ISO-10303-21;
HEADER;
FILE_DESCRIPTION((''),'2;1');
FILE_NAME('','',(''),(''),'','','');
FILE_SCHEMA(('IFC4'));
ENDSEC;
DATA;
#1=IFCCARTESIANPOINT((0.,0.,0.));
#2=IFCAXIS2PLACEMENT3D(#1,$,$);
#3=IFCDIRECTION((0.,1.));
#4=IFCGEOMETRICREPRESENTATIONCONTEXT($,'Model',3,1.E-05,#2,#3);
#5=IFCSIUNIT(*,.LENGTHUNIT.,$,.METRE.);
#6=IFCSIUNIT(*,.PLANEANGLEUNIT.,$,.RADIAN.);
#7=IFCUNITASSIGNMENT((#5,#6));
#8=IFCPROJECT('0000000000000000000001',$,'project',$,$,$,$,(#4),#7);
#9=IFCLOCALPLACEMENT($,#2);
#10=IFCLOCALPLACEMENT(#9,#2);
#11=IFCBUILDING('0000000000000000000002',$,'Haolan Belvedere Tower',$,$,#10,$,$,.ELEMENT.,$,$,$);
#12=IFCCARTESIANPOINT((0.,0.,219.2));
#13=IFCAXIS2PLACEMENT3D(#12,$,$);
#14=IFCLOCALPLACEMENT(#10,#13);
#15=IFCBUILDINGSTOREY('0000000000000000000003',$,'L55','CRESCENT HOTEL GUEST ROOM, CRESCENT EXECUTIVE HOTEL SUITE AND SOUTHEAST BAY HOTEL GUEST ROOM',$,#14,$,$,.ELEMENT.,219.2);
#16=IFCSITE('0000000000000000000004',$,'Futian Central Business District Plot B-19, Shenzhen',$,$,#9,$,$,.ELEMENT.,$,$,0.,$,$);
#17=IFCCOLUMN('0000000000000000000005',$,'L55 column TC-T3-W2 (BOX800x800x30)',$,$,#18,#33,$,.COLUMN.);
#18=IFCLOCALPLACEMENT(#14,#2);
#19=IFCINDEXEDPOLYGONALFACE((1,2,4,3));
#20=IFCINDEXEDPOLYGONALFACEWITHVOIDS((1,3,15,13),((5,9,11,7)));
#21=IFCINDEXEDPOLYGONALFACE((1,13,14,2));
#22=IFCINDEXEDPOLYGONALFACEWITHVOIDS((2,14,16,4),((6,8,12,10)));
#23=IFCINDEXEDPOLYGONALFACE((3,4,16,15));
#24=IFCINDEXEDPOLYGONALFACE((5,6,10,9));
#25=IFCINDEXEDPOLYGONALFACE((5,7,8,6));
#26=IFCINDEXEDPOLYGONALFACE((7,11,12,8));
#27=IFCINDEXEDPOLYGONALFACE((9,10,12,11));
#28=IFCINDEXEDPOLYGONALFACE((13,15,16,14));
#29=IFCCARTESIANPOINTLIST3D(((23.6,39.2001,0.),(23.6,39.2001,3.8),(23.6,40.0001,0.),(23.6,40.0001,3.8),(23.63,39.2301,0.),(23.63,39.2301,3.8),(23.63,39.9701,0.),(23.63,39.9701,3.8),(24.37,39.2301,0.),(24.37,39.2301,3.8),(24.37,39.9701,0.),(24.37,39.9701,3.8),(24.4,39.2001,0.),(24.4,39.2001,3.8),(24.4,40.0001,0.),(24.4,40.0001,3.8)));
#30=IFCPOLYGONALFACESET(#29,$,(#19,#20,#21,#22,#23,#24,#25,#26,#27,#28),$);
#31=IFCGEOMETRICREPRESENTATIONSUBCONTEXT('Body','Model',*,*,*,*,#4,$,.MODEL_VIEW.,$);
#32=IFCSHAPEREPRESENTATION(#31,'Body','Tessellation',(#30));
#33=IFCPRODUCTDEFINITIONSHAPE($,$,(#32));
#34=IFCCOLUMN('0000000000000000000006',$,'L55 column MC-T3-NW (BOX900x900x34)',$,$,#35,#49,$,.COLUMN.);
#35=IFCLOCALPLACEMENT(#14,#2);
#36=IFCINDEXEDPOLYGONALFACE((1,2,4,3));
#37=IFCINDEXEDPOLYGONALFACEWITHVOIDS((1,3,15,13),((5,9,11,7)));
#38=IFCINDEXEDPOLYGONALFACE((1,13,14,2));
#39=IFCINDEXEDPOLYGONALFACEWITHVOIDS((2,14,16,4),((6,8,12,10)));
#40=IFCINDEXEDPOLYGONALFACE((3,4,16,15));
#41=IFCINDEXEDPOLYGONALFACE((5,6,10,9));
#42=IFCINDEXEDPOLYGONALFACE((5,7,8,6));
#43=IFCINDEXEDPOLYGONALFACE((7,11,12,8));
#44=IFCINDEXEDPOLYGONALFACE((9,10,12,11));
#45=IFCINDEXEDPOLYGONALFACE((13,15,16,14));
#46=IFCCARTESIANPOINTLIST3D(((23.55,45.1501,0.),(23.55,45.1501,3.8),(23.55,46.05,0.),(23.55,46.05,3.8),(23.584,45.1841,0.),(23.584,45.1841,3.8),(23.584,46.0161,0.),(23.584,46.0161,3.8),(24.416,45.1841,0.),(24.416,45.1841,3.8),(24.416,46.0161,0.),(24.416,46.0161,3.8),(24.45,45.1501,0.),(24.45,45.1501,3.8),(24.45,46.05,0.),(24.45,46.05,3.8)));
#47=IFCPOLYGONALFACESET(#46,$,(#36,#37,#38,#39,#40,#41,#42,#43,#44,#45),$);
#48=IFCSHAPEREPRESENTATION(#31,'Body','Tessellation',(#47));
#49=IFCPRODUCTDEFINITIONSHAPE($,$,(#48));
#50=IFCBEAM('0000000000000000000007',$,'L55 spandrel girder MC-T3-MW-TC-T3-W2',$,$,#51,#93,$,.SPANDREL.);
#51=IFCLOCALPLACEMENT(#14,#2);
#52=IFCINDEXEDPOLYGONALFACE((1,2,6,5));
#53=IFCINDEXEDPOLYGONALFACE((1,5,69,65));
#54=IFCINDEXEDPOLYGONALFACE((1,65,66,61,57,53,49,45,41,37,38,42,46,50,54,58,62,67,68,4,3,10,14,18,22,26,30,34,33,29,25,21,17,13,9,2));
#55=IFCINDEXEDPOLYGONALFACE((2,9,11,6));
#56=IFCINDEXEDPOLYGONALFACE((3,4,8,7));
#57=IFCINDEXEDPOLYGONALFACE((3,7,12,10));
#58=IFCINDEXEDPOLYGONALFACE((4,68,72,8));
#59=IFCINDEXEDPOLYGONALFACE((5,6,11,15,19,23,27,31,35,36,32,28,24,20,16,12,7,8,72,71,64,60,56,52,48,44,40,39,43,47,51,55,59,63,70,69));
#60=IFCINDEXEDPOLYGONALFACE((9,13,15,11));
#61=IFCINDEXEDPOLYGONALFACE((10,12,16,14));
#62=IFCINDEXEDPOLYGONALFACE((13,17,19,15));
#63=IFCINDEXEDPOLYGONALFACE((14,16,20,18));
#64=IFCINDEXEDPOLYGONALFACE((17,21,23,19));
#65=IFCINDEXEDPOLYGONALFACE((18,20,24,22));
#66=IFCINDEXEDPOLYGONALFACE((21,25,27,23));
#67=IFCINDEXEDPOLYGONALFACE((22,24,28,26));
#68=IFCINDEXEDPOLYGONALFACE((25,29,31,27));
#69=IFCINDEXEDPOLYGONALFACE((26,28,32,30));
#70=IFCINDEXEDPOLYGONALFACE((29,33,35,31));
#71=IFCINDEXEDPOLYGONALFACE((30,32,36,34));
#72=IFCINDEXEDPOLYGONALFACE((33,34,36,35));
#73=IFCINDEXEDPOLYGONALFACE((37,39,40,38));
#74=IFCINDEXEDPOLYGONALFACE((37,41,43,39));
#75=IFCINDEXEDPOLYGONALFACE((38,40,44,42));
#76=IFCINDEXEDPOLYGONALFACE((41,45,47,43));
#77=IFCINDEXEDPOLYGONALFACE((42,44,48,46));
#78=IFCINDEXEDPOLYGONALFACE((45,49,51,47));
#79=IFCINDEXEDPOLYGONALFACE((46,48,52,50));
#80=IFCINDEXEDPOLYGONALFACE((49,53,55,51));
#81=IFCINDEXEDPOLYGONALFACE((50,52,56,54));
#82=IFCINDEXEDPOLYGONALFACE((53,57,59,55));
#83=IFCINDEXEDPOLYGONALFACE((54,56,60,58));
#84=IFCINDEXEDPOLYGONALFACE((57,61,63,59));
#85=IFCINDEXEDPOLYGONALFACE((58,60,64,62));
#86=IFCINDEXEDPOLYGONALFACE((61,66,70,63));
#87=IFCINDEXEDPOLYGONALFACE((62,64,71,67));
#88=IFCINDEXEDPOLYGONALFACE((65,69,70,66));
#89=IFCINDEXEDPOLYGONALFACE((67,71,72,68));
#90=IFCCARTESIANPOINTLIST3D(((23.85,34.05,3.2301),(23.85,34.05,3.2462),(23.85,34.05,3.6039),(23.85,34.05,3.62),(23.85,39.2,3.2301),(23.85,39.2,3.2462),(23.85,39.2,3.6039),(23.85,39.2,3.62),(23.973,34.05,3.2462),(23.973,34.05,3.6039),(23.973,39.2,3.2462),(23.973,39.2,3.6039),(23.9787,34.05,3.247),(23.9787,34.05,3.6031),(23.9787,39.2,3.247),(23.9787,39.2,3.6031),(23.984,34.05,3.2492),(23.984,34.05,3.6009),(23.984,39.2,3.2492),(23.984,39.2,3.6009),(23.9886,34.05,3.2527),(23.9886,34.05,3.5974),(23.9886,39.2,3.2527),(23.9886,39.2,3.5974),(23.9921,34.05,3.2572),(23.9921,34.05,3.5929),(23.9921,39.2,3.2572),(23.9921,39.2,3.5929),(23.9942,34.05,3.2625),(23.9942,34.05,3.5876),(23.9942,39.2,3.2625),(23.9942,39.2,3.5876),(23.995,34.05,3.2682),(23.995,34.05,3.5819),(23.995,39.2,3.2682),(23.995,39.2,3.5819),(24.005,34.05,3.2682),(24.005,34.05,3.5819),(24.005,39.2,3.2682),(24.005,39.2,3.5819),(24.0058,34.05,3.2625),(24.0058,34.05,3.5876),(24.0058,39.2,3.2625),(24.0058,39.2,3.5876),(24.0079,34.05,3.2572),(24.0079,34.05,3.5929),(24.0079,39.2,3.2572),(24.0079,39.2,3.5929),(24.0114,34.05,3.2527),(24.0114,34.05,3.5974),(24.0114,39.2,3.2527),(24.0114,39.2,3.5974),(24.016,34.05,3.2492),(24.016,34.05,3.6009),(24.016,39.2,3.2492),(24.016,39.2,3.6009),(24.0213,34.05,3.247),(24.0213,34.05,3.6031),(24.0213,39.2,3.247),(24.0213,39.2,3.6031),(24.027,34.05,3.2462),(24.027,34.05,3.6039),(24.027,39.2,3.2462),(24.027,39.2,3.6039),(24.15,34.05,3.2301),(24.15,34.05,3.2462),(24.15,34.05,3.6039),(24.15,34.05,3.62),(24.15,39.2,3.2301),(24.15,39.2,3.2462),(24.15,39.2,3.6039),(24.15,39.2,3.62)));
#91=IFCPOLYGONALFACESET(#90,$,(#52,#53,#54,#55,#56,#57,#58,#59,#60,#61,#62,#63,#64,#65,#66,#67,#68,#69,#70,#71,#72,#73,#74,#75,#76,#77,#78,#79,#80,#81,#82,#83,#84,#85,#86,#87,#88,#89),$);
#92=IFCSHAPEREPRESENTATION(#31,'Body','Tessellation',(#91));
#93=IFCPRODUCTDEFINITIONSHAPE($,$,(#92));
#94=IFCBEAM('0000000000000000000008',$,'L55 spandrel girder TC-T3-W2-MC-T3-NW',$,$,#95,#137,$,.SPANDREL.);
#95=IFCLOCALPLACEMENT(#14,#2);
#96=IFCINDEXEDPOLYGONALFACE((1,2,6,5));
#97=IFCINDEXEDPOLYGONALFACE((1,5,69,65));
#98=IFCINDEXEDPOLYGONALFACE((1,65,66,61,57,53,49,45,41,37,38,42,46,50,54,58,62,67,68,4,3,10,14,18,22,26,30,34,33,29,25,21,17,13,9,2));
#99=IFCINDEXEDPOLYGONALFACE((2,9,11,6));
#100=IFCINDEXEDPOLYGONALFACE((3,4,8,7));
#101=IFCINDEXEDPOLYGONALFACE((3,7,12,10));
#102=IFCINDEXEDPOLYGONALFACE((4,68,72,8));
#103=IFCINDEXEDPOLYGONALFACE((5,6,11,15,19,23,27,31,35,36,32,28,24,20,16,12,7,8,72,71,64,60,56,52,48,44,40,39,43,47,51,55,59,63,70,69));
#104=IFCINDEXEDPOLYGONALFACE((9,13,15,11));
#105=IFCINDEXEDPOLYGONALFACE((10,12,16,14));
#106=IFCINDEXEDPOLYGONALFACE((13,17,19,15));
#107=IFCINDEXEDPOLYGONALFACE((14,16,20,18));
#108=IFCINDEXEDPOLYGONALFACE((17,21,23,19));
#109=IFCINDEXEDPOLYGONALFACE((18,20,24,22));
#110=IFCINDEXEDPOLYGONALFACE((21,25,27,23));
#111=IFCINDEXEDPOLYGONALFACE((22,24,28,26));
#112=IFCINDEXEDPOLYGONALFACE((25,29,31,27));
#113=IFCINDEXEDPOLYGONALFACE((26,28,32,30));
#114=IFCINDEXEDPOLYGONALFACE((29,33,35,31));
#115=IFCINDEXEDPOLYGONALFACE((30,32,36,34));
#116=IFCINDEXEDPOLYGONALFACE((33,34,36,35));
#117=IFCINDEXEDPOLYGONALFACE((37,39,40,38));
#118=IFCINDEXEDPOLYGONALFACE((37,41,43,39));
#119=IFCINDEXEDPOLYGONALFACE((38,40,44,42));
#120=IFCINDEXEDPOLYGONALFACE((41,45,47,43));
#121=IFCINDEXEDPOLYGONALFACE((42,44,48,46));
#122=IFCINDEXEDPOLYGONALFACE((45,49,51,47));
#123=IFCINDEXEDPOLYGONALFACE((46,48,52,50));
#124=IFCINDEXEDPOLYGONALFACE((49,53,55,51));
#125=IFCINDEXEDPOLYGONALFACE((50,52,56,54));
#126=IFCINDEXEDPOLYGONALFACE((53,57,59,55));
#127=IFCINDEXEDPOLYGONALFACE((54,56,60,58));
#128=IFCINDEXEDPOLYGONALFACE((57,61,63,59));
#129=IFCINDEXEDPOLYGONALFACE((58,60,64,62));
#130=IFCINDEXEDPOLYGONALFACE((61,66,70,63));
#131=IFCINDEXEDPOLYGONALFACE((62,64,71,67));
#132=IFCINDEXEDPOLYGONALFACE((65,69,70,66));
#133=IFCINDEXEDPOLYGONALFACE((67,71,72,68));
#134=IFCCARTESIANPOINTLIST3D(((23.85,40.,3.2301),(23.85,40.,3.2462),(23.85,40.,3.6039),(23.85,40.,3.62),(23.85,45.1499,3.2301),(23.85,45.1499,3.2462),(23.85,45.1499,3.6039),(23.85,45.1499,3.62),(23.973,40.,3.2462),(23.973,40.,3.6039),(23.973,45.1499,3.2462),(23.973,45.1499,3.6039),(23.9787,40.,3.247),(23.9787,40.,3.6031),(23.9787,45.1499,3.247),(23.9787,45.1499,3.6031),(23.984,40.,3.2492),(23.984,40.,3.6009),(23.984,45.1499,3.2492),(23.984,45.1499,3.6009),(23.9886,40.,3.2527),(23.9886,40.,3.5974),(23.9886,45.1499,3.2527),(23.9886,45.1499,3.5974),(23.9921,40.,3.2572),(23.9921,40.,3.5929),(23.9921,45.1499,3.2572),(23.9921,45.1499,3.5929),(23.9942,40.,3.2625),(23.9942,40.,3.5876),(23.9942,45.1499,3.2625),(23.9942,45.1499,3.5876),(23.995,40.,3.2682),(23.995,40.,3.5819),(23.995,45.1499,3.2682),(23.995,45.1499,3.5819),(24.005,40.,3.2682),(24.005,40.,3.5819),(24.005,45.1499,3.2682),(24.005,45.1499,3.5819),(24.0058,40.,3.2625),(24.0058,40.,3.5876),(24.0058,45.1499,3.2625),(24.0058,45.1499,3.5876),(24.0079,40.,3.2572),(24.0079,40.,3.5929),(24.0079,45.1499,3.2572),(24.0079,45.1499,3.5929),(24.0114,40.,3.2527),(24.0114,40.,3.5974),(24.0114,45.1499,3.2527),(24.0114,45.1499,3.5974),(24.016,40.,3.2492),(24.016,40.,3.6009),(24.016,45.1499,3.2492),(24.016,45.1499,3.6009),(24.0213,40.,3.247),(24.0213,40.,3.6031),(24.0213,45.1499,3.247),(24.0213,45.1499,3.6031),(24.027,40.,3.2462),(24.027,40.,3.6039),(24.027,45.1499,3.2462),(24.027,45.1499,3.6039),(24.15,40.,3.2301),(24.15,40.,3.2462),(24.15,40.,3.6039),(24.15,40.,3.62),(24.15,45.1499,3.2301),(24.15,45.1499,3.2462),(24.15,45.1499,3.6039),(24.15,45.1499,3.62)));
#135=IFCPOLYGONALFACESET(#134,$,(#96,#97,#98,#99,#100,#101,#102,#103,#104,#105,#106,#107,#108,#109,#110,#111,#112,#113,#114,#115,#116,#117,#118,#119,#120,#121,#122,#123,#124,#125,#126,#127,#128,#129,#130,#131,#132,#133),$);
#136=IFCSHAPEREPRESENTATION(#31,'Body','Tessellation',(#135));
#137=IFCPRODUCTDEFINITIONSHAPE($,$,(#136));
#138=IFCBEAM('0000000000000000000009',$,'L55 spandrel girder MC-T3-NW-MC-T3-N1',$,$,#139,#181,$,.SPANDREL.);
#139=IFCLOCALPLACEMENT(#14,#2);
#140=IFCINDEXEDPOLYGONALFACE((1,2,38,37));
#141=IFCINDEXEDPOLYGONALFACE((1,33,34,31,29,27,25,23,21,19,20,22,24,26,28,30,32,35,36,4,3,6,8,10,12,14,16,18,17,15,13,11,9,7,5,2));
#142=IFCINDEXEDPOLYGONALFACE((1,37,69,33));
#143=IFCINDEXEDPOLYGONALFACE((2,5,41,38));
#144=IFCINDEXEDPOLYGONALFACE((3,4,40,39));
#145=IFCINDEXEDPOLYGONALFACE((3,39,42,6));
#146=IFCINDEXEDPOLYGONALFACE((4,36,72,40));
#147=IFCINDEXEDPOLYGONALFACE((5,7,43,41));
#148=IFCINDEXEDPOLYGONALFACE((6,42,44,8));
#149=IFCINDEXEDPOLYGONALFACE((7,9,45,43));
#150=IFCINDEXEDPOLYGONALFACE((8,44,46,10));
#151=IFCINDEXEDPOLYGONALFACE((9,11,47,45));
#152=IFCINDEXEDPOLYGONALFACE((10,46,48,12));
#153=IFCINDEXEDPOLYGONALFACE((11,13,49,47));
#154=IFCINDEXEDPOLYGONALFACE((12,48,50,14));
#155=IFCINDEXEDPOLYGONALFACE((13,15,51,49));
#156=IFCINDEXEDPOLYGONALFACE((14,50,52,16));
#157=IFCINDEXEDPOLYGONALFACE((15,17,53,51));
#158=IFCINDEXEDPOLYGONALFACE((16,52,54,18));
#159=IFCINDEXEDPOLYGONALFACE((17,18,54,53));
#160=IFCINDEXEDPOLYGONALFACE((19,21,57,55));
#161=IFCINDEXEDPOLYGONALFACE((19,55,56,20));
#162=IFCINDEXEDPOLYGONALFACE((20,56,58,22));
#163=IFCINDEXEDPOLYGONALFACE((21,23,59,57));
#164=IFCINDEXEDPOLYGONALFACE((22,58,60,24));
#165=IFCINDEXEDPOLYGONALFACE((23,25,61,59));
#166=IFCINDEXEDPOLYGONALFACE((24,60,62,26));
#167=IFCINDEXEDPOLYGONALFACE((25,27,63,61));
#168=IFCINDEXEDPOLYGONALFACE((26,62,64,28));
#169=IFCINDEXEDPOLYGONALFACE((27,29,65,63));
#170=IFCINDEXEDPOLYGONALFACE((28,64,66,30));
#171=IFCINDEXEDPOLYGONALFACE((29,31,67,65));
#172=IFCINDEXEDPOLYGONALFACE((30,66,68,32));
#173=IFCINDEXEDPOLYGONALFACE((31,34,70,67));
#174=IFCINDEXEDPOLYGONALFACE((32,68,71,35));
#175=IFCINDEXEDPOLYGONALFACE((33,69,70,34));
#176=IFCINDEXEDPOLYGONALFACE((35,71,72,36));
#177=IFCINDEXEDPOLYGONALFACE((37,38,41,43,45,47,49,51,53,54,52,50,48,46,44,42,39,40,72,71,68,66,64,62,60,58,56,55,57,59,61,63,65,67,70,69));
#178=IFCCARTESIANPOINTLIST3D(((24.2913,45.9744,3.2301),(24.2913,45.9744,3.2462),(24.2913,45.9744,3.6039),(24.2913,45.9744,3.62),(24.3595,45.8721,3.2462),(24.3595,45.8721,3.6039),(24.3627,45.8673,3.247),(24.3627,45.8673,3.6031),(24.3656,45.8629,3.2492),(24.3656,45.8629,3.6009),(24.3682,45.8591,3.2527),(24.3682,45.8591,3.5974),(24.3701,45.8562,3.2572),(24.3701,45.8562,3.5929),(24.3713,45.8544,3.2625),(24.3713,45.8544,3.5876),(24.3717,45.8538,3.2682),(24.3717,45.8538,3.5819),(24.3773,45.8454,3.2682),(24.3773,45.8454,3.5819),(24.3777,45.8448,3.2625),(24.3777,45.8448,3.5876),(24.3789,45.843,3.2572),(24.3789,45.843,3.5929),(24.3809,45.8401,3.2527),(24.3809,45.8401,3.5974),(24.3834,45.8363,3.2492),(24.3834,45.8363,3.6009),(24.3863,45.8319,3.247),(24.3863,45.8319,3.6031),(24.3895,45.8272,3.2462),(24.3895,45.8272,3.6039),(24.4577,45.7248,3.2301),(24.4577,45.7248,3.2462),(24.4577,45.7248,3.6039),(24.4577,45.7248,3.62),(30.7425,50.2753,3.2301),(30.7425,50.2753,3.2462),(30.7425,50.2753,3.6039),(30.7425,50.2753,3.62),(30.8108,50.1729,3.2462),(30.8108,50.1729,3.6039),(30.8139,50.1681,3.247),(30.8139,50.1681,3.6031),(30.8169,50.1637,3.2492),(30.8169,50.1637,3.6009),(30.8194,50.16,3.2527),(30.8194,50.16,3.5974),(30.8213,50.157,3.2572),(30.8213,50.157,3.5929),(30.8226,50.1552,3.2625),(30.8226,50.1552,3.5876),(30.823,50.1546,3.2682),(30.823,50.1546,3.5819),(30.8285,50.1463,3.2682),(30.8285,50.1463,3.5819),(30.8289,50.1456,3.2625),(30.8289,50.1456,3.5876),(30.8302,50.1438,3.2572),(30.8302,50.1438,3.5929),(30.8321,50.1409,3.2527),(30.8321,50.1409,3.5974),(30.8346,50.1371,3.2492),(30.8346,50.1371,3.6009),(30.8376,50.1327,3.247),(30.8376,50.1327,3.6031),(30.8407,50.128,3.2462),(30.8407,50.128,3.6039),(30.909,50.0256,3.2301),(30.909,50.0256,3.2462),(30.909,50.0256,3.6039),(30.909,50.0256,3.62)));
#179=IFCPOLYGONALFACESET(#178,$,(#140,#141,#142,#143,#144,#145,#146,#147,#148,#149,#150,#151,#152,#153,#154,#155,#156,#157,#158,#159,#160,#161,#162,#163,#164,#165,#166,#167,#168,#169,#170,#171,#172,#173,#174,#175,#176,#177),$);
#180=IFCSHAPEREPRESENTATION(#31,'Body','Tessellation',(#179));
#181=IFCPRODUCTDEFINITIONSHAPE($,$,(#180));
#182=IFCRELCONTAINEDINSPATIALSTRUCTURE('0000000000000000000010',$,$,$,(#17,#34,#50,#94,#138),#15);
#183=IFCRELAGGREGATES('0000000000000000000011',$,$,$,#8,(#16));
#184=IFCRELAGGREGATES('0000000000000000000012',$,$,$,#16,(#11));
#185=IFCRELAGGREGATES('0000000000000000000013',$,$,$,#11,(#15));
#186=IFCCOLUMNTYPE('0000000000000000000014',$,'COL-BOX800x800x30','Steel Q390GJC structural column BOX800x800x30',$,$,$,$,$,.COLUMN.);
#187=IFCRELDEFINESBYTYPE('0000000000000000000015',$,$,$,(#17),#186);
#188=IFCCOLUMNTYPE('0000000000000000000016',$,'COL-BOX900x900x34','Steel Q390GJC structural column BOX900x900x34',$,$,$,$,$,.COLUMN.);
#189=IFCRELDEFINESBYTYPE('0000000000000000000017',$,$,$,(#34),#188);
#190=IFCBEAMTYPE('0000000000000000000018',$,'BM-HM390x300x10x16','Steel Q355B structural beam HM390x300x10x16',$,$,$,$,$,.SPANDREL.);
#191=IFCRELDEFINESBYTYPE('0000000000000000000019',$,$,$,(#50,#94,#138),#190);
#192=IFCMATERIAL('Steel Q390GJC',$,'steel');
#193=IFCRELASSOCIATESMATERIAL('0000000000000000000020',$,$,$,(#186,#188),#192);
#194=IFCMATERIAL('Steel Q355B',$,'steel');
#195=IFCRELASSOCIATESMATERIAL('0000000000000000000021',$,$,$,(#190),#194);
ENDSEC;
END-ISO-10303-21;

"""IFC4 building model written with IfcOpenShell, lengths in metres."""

from ifc_helpers import new_model, si_unit, direction, frame, origin, origin_2d, place, context, subcontext, project, spatial, hollow_rectangle, i_section, extrude, material, material_profile, profile_set, type_object, element, save


model = new_model("IFC4")

# Units and contexts
model_context = context("Model", 3, precision=1e-05, world=origin(), true_north=direction((0.0, 1.0)))
body_context = subcontext(model_context, "Body", "Model", "MODEL_VIEW")
ifc_project = project(units=[si_unit("LENGTHUNIT", "METRE"), si_unit("PLANEANGLEUNIT", "RADIAN")], contexts=[model_context])

# Site, building, storey
site_placement = place(None, origin())
site = spatial("IfcSite", under=ifc_project, at=site_placement, Name="Futian Central Business District Plot B-19, Shenzhen", CompositionType="ELEMENT", RefElevation=0.0)
building_placement = place(site_placement, origin())
building = spatial("IfcBuilding", under=site, at=building_placement, Name="Haolan Belvedere Tower", CompositionType="ELEMENT")
storey_placement = place(building_placement, frame((0.0, 0.0, 219.2)))
storey = spatial("IfcBuildingStorey", under=building, at=storey_placement, Name="L55", Description="CRESCENT HOTEL GUEST ROOM, CRESCENT EXECUTIVE HOTEL SUITE AND SOUTHEAST BAY HOTEL GUEST ROOM", CompositionType="ELEMENT", Elevation=219.2)

# Columns
ifc_material_1 = material(Name="Steel Q390GJC", Category="steel")
ifc_material_profile_1 = material_profile(ifc_material_1, hollow_rectangle(XDim=0.8, YDim=0.8, WallThickness=0.03, at=origin_2d()), Name="Steel Q390GJC")
ifc_profile_set_1 = profile_set([ifc_material_profile_1], Name="Steel Q390GJC")
column_type_1 = type_object("IfcColumnType", Name="COL-BOX800x800x30", Description="Steel Q390GJC structural column BOX800x800x30", PredefinedType="COLUMN", material=ifc_profile_set_1)
column_1_placement = place(storey_placement, frame((24.0, 39.6001, 0.0), z_axis=(0.0, 0.0, 1.0), x_axis=(1.0, 0.0, 0.0)))
element("IfcColumn", 1, at=column_1_placement, inside=storey, type_object=column_type_1, Name="L55 column TC-T3-W2 (BOX800x800x30)", PredefinedType="COLUMN", context=body_context, shape_type="SweptSolid", body=[
    extrude(hollow_rectangle(XDim=0.8, YDim=0.8, WallThickness=0.03, at=origin_2d()), origin(), (0.0, 0.0, 1.0), 3.8),
])
ifc_material_profile_2 = material_profile(ifc_material_1, hollow_rectangle(XDim=0.8999, YDim=0.8999, WallThickness=0.0339, at=origin_2d()), Name="Steel Q390GJC")
ifc_profile_set_2 = profile_set([ifc_material_profile_2], Name="Steel Q390GJC")
column_type_2 = type_object("IfcColumnType", Name="COL-BOX900x900x34", Description="Steel Q390GJC structural column BOX900x900x34", PredefinedType="COLUMN", material=ifc_profile_set_2)
column_2_placement = place(storey_placement, frame((24.0, 45.6001, 0.0), z_axis=(0.0, 0.0, 1.0), x_axis=(1.0, 0.0, 0.0)))
element("IfcColumn", 2, at=column_2_placement, inside=storey, type_object=column_type_2, Name="L55 column MC-T3-NW (BOX900x900x34)", PredefinedType="COLUMN", context=body_context, shape_type="SweptSolid", body=[
    extrude(hollow_rectangle(XDim=0.8999, YDim=0.8999, WallThickness=0.0339, at=origin_2d()), origin(), (0.0, 0.0, 1.0), 3.8),
])

# Beams
ifc_material_2 = material(Name="Steel Q355B", Category="steel")
ifc_material_profile_3 = material_profile(ifc_material_2, i_section(OverallWidth=0.3, OverallDepth=0.3899, WebThickness=0.01, FlangeThickness=0.0161, FilletRadius=0.022, at=origin_2d()), Name="Steel Q355B")
ifc_profile_set_3 = profile_set([ifc_material_profile_3], Name="Steel Q355B")
beam_type_1 = type_object("IfcBeamType", Name="BM-HM390x300x10x16", Description="Steel Q355B structural beam HM390x300x10x16", PredefinedType="SPANDREL", material=ifc_profile_set_3)
for number, where, z_axis, x_axis, name in (
    (3, (24.0, 34.05, 3.425), (0.0, 1.0, 0.0), (-1.0, 0.0, 0.0), "L55 spandrel girder MC-T3-MW-TC-T3-W2"),
    (4, (24.0, 40.0, 3.425), (0.0, 1.0, 0.0), (-1.0, 0.0, 0.0), "L55 spandrel girder TC-T3-W2-MC-T3-NW"),
):
    element("IfcBeam", number, at=place(storey_placement, frame(where, z_axis=z_axis, x_axis=x_axis)), inside=storey, type_object=beam_type_1, Name=name, PredefinedType="SPANDREL", context=body_context, shape_type="SweptSolid", body=[
        extrude(i_section(OverallWidth=0.3, OverallDepth=0.3899, WebThickness=0.01, FlangeThickness=0.0161, FilletRadius=0.022, at=origin_2d()), origin(), (0.0, 0.0, 1.0), 5.1499),
    ])
beam_1_placement = place(storey_placement, frame((24.3745, 45.8496, 3.425), z_axis=(0.83205, 0.5547, 0.0), x_axis=(-0.5547, 0.83205, 0.0)))
element("IfcBeam", 5, at=beam_1_placement, inside=storey, type_object=beam_type_1, Name="L55 spandrel girder MC-T3-NW-MC-T3-N1", PredefinedType="SPANDREL", context=body_context, shape_type="SweptSolid", body=[
    extrude(i_section(OverallWidth=0.3, OverallDepth=0.3899, WebThickness=0.01, FlangeThickness=0.0161, FilletRadius=0.022, at=origin_2d()), origin(), (0.0, 0.0, 1.0), 7.7534),
])

save(model, "model.ifc")
